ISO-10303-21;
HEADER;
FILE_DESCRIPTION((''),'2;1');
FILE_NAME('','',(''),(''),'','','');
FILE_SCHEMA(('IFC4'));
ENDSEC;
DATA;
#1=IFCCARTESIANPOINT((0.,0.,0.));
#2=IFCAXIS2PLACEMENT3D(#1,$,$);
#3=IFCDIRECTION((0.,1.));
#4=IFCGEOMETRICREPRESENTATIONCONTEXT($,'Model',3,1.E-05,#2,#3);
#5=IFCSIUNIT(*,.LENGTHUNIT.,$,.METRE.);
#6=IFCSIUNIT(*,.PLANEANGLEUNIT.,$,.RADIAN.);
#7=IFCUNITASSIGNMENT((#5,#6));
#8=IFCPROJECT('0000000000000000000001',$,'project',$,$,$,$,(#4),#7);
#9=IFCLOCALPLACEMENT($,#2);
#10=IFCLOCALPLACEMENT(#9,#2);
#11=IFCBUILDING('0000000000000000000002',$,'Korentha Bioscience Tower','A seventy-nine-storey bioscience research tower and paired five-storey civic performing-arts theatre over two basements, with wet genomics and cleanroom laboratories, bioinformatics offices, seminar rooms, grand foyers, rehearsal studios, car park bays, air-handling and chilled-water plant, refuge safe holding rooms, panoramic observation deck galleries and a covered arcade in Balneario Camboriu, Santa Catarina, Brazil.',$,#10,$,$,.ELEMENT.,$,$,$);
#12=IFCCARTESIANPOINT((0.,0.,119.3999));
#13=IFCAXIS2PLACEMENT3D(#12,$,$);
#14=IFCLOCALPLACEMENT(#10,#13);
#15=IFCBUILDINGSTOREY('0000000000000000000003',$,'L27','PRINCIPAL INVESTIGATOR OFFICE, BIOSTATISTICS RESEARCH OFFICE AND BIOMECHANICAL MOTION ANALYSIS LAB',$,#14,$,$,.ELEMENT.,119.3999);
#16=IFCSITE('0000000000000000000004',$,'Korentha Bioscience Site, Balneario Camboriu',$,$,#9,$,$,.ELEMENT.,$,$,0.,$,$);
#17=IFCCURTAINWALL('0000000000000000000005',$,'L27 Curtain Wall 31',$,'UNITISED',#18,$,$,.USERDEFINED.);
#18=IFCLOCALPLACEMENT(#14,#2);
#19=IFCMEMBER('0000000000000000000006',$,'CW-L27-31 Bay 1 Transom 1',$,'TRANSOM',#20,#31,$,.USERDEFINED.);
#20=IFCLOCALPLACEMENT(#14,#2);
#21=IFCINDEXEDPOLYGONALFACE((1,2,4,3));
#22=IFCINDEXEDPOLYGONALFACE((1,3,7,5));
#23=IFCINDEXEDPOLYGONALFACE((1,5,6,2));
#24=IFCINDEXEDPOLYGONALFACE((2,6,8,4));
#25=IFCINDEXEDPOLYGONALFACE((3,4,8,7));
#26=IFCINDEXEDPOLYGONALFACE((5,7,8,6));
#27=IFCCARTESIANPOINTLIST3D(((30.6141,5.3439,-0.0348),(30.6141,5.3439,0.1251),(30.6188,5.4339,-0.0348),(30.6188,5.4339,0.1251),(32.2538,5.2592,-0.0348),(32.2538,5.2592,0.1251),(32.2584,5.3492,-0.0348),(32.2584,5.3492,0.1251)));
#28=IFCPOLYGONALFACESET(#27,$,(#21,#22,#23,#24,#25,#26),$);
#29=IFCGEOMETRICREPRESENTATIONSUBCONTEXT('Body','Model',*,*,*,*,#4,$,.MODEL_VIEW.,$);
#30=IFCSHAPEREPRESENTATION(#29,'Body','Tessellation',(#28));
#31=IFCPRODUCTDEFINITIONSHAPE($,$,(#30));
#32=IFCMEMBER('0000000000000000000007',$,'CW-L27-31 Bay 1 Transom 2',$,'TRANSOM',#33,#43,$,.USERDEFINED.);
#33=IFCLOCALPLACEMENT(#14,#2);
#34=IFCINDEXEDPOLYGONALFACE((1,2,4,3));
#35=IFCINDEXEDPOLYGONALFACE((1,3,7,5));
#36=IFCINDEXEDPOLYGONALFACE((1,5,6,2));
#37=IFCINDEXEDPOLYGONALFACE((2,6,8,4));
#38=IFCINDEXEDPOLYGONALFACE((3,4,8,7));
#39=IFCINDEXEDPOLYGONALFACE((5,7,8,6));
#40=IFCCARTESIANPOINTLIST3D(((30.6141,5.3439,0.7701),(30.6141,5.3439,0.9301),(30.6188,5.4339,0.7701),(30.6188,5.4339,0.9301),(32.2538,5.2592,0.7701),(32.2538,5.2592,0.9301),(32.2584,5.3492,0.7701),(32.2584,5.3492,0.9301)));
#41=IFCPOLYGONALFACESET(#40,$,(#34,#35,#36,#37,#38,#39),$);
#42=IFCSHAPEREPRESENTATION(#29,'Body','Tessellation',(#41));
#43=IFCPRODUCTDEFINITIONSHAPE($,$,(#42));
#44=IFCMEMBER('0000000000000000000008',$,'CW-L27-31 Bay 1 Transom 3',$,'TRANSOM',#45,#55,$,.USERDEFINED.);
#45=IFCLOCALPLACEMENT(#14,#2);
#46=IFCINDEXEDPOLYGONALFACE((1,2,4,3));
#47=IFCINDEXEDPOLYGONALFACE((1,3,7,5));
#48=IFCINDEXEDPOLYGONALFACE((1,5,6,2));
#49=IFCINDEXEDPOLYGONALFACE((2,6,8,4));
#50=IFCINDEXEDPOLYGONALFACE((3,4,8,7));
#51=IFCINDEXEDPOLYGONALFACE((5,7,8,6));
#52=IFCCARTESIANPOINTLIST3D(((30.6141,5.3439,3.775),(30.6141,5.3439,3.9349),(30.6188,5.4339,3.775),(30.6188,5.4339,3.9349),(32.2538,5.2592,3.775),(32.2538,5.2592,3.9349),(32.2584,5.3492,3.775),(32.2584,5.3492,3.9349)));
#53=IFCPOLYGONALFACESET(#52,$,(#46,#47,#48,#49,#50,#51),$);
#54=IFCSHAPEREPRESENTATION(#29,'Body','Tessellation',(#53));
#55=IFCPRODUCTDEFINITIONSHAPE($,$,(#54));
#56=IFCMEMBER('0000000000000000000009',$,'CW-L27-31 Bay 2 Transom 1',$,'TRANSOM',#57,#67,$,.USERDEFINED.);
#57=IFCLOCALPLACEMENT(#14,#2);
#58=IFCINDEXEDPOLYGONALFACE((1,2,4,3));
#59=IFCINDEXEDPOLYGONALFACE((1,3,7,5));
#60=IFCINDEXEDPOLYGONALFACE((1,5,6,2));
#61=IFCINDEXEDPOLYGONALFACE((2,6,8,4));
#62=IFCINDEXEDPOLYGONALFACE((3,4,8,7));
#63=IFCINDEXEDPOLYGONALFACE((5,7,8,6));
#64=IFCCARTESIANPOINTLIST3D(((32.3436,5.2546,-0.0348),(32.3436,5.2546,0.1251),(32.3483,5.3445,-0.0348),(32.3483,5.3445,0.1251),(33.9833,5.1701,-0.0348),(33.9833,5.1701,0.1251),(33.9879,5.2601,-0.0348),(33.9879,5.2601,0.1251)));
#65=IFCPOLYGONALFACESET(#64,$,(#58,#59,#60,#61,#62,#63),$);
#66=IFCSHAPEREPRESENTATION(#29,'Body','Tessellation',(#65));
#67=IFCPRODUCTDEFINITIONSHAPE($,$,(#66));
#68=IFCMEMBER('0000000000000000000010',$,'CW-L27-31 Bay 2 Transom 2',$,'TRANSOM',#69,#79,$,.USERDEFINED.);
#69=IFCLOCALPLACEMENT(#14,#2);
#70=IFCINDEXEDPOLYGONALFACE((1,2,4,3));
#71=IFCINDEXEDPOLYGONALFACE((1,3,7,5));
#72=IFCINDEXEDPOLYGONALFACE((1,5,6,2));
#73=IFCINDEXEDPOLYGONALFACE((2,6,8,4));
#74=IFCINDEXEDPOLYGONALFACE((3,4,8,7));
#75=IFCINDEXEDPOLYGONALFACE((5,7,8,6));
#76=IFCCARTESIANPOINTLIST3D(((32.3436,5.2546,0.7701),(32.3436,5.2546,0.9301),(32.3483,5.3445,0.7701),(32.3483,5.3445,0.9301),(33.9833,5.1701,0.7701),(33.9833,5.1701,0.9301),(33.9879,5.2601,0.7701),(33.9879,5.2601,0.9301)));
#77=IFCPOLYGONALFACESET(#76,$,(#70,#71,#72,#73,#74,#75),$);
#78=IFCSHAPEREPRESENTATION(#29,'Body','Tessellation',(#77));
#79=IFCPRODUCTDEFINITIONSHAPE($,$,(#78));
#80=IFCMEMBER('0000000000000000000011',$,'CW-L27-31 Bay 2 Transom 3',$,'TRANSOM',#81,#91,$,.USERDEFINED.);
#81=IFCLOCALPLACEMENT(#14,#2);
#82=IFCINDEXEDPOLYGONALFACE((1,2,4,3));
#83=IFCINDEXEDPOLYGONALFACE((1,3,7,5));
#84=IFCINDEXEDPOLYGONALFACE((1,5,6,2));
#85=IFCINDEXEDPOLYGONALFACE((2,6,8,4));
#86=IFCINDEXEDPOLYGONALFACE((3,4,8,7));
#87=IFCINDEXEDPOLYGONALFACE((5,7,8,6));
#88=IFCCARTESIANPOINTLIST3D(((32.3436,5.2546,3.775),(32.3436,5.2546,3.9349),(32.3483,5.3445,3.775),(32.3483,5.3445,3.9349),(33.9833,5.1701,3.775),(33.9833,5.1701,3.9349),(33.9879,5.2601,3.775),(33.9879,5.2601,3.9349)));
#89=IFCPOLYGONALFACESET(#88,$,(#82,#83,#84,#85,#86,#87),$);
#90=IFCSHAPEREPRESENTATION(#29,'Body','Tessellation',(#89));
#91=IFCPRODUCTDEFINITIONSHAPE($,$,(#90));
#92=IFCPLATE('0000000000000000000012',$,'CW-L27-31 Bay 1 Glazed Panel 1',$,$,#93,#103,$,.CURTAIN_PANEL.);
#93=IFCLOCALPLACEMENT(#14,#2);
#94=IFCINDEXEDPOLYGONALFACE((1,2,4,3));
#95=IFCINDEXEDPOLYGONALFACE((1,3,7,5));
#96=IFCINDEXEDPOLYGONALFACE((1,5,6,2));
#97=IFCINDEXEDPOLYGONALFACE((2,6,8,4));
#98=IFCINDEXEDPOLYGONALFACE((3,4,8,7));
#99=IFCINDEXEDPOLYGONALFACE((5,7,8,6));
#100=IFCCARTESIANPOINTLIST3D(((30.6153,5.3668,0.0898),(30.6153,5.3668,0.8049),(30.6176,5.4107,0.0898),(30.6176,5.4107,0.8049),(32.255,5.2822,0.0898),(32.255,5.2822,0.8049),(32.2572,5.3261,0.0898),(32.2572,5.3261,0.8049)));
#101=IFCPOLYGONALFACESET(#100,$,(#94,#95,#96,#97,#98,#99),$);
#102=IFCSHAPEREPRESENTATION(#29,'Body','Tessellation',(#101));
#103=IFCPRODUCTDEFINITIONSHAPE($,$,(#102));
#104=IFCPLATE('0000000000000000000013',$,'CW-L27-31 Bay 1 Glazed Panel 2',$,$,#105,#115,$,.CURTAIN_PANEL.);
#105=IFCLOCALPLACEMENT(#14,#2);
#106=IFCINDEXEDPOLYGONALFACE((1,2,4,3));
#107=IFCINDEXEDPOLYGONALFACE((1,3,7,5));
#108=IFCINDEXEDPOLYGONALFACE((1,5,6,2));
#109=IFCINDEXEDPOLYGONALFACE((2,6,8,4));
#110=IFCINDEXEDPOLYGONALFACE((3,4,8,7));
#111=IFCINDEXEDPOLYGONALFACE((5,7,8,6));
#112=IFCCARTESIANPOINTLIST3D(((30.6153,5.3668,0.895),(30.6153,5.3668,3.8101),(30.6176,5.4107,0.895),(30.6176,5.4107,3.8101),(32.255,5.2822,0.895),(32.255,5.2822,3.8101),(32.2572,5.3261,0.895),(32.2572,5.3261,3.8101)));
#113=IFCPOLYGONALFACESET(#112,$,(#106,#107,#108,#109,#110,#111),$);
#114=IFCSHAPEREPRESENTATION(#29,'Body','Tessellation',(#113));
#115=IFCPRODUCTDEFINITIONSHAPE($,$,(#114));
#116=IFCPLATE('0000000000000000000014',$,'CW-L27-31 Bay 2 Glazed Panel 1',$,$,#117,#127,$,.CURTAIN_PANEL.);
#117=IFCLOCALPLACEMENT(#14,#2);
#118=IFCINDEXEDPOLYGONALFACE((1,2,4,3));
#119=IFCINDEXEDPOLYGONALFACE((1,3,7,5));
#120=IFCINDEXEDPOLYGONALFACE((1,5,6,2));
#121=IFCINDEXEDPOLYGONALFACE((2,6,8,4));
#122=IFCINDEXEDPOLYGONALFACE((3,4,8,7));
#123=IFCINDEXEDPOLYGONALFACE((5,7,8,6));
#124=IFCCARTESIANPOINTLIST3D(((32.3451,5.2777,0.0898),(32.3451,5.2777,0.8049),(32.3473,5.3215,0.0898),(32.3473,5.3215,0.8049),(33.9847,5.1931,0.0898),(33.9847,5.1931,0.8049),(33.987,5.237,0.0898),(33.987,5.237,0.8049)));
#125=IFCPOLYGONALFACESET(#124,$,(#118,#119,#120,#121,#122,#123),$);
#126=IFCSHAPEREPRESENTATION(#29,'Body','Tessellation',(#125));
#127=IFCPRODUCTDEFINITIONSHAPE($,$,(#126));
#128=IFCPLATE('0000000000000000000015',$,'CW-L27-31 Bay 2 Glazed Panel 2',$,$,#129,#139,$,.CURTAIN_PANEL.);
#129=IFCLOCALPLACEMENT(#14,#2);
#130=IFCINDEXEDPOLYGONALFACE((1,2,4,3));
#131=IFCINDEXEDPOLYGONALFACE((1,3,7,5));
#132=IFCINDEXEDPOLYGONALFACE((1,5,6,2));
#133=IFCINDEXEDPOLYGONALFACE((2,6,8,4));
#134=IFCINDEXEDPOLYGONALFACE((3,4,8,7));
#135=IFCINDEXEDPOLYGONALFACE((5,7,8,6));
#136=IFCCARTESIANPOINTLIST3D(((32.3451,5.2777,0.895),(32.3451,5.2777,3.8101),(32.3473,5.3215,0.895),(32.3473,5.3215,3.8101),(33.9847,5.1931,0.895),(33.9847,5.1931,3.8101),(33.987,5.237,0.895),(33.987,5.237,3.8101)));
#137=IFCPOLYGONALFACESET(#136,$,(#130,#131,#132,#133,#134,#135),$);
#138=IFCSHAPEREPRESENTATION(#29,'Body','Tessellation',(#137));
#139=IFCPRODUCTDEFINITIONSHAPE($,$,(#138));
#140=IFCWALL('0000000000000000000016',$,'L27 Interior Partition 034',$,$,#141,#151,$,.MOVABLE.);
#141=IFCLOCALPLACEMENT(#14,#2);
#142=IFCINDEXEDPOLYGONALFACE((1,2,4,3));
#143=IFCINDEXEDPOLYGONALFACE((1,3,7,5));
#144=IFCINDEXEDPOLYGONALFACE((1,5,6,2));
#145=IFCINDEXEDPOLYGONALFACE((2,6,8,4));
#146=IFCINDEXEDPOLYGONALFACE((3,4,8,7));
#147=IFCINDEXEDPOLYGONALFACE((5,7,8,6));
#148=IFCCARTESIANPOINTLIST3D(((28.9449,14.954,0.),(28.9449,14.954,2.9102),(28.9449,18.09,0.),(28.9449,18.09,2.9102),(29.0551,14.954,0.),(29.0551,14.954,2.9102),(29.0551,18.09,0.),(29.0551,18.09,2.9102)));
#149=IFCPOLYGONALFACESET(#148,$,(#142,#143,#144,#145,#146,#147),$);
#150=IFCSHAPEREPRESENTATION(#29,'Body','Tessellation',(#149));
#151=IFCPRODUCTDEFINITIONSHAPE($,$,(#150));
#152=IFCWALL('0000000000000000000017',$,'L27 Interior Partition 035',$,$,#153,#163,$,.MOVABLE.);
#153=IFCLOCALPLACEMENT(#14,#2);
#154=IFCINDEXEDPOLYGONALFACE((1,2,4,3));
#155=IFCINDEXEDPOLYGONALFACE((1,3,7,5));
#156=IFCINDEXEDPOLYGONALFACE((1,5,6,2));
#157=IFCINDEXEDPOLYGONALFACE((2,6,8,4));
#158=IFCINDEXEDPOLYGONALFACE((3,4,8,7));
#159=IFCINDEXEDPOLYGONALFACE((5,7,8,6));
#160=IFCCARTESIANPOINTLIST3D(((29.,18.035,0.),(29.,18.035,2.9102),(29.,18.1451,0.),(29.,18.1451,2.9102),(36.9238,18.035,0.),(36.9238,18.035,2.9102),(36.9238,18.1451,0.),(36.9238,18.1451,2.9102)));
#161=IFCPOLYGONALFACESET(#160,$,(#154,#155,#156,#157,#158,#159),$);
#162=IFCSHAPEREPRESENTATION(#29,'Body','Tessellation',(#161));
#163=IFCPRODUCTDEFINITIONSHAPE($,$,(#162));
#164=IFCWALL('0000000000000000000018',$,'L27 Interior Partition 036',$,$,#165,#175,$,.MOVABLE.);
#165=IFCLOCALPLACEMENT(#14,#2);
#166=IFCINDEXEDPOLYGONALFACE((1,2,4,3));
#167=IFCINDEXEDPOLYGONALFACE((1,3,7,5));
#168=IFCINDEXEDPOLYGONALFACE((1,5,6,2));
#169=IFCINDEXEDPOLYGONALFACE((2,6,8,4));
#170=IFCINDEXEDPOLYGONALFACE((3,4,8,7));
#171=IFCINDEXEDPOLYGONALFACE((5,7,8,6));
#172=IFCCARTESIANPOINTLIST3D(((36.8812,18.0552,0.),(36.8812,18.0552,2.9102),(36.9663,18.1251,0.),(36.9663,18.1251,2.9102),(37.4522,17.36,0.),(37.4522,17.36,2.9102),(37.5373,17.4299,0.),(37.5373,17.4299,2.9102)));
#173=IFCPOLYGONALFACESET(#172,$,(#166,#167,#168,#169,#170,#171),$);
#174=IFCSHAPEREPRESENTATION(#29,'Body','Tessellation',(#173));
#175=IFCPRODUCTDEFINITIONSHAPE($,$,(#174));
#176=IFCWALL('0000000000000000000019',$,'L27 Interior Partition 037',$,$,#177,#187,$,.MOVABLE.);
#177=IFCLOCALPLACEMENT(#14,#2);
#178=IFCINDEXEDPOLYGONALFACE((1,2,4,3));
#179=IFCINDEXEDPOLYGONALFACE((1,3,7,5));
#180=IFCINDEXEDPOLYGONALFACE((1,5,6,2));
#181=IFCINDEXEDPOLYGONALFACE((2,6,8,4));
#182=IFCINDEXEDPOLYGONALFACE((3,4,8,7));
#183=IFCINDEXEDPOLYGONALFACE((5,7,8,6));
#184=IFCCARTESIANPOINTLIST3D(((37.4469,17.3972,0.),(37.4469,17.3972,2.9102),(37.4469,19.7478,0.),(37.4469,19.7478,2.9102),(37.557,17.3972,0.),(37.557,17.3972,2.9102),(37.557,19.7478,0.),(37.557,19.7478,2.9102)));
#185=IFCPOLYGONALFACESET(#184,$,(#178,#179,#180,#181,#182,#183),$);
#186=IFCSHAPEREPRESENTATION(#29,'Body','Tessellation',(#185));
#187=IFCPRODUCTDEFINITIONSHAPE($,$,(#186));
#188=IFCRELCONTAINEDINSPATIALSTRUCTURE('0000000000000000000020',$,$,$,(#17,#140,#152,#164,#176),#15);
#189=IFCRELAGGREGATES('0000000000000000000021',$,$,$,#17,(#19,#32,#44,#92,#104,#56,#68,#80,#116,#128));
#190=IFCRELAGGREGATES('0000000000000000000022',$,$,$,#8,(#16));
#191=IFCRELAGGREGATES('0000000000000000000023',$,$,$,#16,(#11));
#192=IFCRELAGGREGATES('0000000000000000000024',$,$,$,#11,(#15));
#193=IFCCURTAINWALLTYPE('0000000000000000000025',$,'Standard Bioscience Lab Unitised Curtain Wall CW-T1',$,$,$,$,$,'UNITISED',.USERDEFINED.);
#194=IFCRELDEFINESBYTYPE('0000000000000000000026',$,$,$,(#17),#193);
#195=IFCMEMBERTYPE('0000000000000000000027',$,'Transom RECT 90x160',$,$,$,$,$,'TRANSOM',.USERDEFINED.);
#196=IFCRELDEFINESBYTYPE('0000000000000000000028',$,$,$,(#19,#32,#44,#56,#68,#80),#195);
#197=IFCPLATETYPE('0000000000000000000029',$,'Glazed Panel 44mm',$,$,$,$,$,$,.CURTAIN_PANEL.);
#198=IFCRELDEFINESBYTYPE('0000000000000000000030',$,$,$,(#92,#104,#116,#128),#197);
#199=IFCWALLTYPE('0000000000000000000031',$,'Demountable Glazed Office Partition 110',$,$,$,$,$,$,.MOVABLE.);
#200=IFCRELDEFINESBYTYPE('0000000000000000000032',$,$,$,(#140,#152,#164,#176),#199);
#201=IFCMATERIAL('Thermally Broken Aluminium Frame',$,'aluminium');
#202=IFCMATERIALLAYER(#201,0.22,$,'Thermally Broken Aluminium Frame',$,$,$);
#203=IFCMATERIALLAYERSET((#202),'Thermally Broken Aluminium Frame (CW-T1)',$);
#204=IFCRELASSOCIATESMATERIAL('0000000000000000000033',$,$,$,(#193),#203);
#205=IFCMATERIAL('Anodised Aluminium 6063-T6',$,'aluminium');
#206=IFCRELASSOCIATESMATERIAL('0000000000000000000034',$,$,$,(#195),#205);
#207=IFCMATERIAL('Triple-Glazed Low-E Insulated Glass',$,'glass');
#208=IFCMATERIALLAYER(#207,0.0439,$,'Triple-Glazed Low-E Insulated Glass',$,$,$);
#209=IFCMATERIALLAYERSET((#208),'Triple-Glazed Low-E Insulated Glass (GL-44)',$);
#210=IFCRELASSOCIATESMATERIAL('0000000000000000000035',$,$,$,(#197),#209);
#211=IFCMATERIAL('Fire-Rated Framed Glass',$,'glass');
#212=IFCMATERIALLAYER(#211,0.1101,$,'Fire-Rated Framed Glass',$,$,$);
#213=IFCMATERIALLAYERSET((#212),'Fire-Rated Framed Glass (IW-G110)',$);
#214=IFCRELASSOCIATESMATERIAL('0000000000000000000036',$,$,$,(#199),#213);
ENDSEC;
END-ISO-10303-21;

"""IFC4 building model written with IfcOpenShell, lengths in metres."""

from ifc_helpers import new_model, si_unit, direction, frame, frame_2d, origin, origin_2d, place, context, subcontext, project, spatial, rectangle, extrude, material, layer, layer_set, material_profile, profile_set, type_object, element, aggregate, save


model = new_model("IFC4")

# Units and contexts
model_context = context("Model", 3, precision=1e-05, world=origin(), true_north=direction((0.0, 1.0)))
body_context = subcontext(model_context, "Body", "Model", "MODEL_VIEW")
ifc_project = project(units=[si_unit("LENGTHUNIT", "METRE"), si_unit("PLANEANGLEUNIT", "RADIAN")], contexts=[model_context])

# Site, building, storey
site_placement = place(None, origin())
site = spatial("IfcSite", under=ifc_project, at=site_placement, Name="Korentha Bioscience Site, Balneario Camboriu", CompositionType="ELEMENT", RefElevation=0.0)
building_placement = place(site_placement, origin())
building = spatial("IfcBuilding", under=site, at=building_placement, Name="Korentha Bioscience Tower", Description="A seventy-nine-storey bioscience research tower and paired five-storey civic performing-arts theatre over two basements, with wet genomics and cleanroom laboratories, bioinformatics offices, seminar rooms, grand foyers, rehearsal studios, car park bays, air-handling and chilled-water plant, refuge safe holding rooms, panoramic observation deck galleries and a covered arcade in Balneario Camboriu, Santa Catarina, Brazil.", CompositionType="ELEMENT")
storey_placement = place(building_placement, frame((0.0, 0.0, 119.3999)))
storey = spatial("IfcBuildingStorey", under=building, at=storey_placement, Name="L27", Description="PRINCIPAL INVESTIGATOR OFFICE, BIOSTATISTICS RESEARCH OFFICE AND BIOMECHANICAL MOTION ANALYSIS LAB", CompositionType="ELEMENT", Elevation=119.3999)

# Curtain wall
ifc_material_1 = material(Name="Thermally Broken Aluminium Frame", Category="aluminium")
ifc_layer_1 = layer(ifc_material_1, 0.22, Name="Thermally Broken Aluminium Frame")
ifc_layer_set_1 = layer_set([ifc_layer_1], Name="Thermally Broken Aluminium Frame (CW-T1)")
curtain_wall_type = type_object("IfcCurtainWallType", Name="Standard Bioscience Lab Unitised Curtain Wall CW-T1", ElementType="UNITISED", PredefinedType="USERDEFINED", material=ifc_layer_set_1)
curtain_wall_placement = place(storey_placement, origin())
curtain_wall = element("IfcCurtainWall", 1, at=curtain_wall_placement, inside=storey, type_object=curtain_wall_type, Name="L27 Curtain Wall 31", ObjectType="UNITISED", PredefinedType="USERDEFINED")
ifc_material_2 = material(Name="Anodised Aluminium 6063-T6", Category="aluminium")

# Members
ifc_material_profile_1 = material_profile(ifc_material_2, rectangle(XDim=0.0901, YDim=0.1599, at=origin_2d()), Name="Anodised Aluminium 6063-T6")
ifc_profile_set_1 = profile_set([ifc_material_profile_1], Name="Anodised Aluminium 6063-T6 (CW-TRN)")
member_type_1 = type_object("IfcMemberType", Name="Transom RECT 90x160", ElementType="TRANSOM", PredefinedType="USERDEFINED", material=ifc_profile_set_1)
member_1_placement = place(storey_placement, frame((30.6165, 5.3889, 0.0452), z_axis=(0.998668, -0.051599, 0.0), x_axis=(0.051599, 0.998668, 0.0)))
member_1 = element("IfcMember", 2, at=member_1_placement, type_object=member_type_1, Name="CW-L27-31 Bay 1 Transom 1", ObjectType="TRANSOM", PredefinedType="USERDEFINED", context=body_context, shape_type="SweptSolid", body=[
    extrude(rectangle(XDim=0.0901, YDim=0.1599, at=origin_2d()), origin(), (0.0, 0.0, 1.0), 1.6418),
])
member_2_placement = place(storey_placement, frame((30.6165, 5.3889, 0.8501), z_axis=(0.998668, -0.051599, 0.0), x_axis=(0.051599, 0.998668, 0.0)))
member_2 = element("IfcMember", 3, at=member_2_placement, type_object=member_type_1, Name="CW-L27-31 Bay 1 Transom 2", ObjectType="TRANSOM", PredefinedType="USERDEFINED", context=body_context, shape_type="SweptSolid", body=[
    extrude(rectangle(XDim=0.0901, YDim=0.1599, at=origin_2d()), origin(), (0.0, 0.0, 1.0), 1.6418),
])
member_3_placement = place(storey_placement, frame((30.6165, 5.3889, 3.855), z_axis=(0.998668, -0.051599, 0.0), x_axis=(0.051599, 0.998668, 0.0)))
member_3 = element("IfcMember", 4, at=member_3_placement, type_object=member_type_1, Name="CW-L27-31 Bay 1 Transom 3", ObjectType="TRANSOM", PredefinedType="USERDEFINED", context=body_context, shape_type="SweptSolid", body=[
    extrude(rectangle(XDim=0.0901, YDim=0.1599, at=origin_2d()), origin(), (0.0, 0.0, 1.0), 1.6418),
])
member_4_placement = place(storey_placement, frame((32.3459, 5.2996, 0.0452), z_axis=(0.998676, -0.051451, 0.0), x_axis=(0.051451, 0.998676, 0.0)))
member_4 = element("IfcMember", 5, at=member_4_placement, type_object=member_type_1, Name="CW-L27-31 Bay 2 Transom 1", ObjectType="TRANSOM", PredefinedType="USERDEFINED", context=body_context, shape_type="SweptSolid", body=[
    extrude(rectangle(XDim=0.0901, YDim=0.1599, at=origin_2d()), origin(), (0.0, 0.0, 1.0), 1.6418),
])
member_5_placement = place(storey_placement, frame((32.3459, 5.2996, 0.8501), z_axis=(0.998676, -0.051451, 0.0), x_axis=(0.051451, 0.998676, 0.0)))
member_5 = element("IfcMember", 6, at=member_5_placement, type_object=member_type_1, Name="CW-L27-31 Bay 2 Transom 2", ObjectType="TRANSOM", PredefinedType="USERDEFINED", context=body_context, shape_type="SweptSolid", body=[
    extrude(rectangle(XDim=0.0901, YDim=0.1599, at=origin_2d()), origin(), (0.0, 0.0, 1.0), 1.6418),
])
member_6_placement = place(storey_placement, frame((32.3459, 5.2996, 3.855), z_axis=(0.998676, -0.051451, 0.0), x_axis=(0.051451, 0.998676, 0.0)))
member_6 = element("IfcMember", 7, at=member_6_placement, type_object=member_type_1, Name="CW-L27-31 Bay 2 Transom 3", ObjectType="TRANSOM", PredefinedType="USERDEFINED", context=body_context, shape_type="SweptSolid", body=[
    extrude(rectangle(XDim=0.0901, YDim=0.1599, at=origin_2d()), origin(), (0.0, 0.0, 1.0), 1.6418),
])

# Plates
ifc_material_3 = material(Name="Triple-Glazed Low-E Insulated Glass", Category="glass")
ifc_layer_2 = layer(ifc_material_3, 0.0439, Name="Triple-Glazed Low-E Insulated Glass")
ifc_layer_set_2 = layer_set([ifc_layer_2], Name="Triple-Glazed Low-E Insulated Glass (GL-44)")
plate_type = type_object("IfcPlateType", Name="Glazed Panel 44mm", PredefinedType="CURTAIN_PANEL", material=ifc_layer_set_2)
plate_1_placement = place(storey_placement, frame((31.4363, 5.3464, 0.0898), z_axis=(0.0, 0.0, 1.0), x_axis=(0.998673, -0.051495, 0.0)))
plate_1 = element("IfcPlate", 8, at=plate_1_placement, type_object=plate_type, Name="CW-L27-31 Bay 1 Glazed Panel 1", PredefinedType="CURTAIN_PANEL", context=body_context, shape_type="SweptSolid", body=[
    extrude(rectangle(XDim=1.6418, YDim=0.0439, at=origin_2d()), origin(), (0.0, 0.0, 1.0), 0.7151),
])
plate_2_placement = place(storey_placement, frame((31.4363, 5.3464, 0.895), z_axis=(0.0, 0.0, 1.0), x_axis=(0.998673, -0.051495, 0.0)))
plate_2 = element("IfcPlate", 9, at=plate_2_placement, type_object=plate_type, Name="CW-L27-31 Bay 1 Glazed Panel 2", PredefinedType="CURTAIN_PANEL", context=body_context, shape_type="SweptSolid", body=[
    extrude(rectangle(XDim=1.6418, YDim=0.0439, at=origin_2d()), origin(), (0.0, 0.0, 1.0), 2.915),
])
plate_3_placement = place(storey_placement, frame((33.166, 5.2573, 0.0898), z_axis=(0.0, 0.0, 1.0), x_axis=(0.998673, -0.051495, 0.0)))
plate_3 = element("IfcPlate", 10, at=plate_3_placement, type_object=plate_type, Name="CW-L27-31 Bay 2 Glazed Panel 1", PredefinedType="CURTAIN_PANEL", context=body_context, shape_type="SweptSolid", body=[
    extrude(rectangle(XDim=1.6418, YDim=0.0439, at=origin_2d()), origin(), (0.0, 0.0, 1.0), 0.7151),
])
plate_4_placement = place(storey_placement, frame((33.166, 5.2573, 0.895), z_axis=(0.0, 0.0, 1.0), x_axis=(0.998673, -0.051495, 0.0)))
plate_4 = element("IfcPlate", 11, at=plate_4_placement, type_object=plate_type, Name="CW-L27-31 Bay 2 Glazed Panel 2", PredefinedType="CURTAIN_PANEL", context=body_context, shape_type="SweptSolid", body=[
    extrude(rectangle(XDim=1.6418, YDim=0.0439, at=origin_2d()), origin(), (0.0, 0.0, 1.0), 2.915),
])
aggregate(curtain_wall, [member_1, member_2, member_3, plate_1, plate_2, member_4, member_5, member_6, plate_3, plate_4])

# Walls
ifc_material_4 = material(Name="Fire-Rated Framed Glass", Category="glass")
ifc_layer_3 = layer(ifc_material_4, 0.1101, Name="Fire-Rated Framed Glass")
ifc_layer_set_3 = layer_set([ifc_layer_3], Name="Fire-Rated Framed Glass (IW-G110)")
wall_type_1 = type_object("IfcWallType", Name="Demountable Glazed Office Partition 110", PredefinedType="MOVABLE", material=ifc_layer_set_3)
wall_1_placement = place(storey_placement, frame((29.0, 14.9541, 0.0), z_axis=(0.0, 0.0, 1.0), x_axis=(0.0, 1.0, 0.0)))
element("IfcWall", 12, at=wall_1_placement, inside=storey, type_object=wall_type_1, Name="L27 Interior Partition 034", PredefinedType="MOVABLE", context=body_context, shape_type="SweptSolid", body=[
    extrude(rectangle(XDim=3.136, YDim=0.1101, at=frame_2d((1.5679, 0.0))), origin(), (0.0, 0.0, 1.0), 2.9102),
])
wall_2_placement = place(storey_placement, frame((29.0, 18.0901, 0.0), z_axis=(0.0, 0.0, 1.0), x_axis=(1.0, 0.0, 0.0)))
element("IfcWall", 13, at=wall_2_placement, inside=storey, type_object=wall_type_1, Name="L27 Interior Partition 035", PredefinedType="MOVABLE", context=body_context, shape_type="SweptSolid", body=[
    extrude(rectangle(XDim=7.9238, YDim=0.1101, at=frame_2d((3.9619, 0.0))), origin(), (0.0, 0.0, 1.0), 2.9102),
])
wall_3_placement = place(storey_placement, frame((36.9238, 18.0901, 0.0), z_axis=(0.0, 0.0, 1.0), x_axis=(0.63467, -0.772783, 0.0)))
element("IfcWall", 14, at=wall_3_placement, inside=storey, type_object=wall_type_1, Name="L27 Interior Partition 036", PredefinedType="MOVABLE", context=body_context, shape_type="SweptSolid", body=[
    extrude(rectangle(XDim=0.8997, YDim=0.1101, at=frame_2d((0.4497, 0.0))), origin(), (0.0, 0.0, 1.0), 2.9102),
])
wall_4_placement = place(storey_placement, frame((37.502, 17.3972, 0.0), z_axis=(0.0, 0.0, 1.0), x_axis=(0.0, 1.0, 0.0)))
element("IfcWall", 15, at=wall_4_placement, inside=storey, type_object=wall_type_1, Name="L27 Interior Partition 037", PredefinedType="MOVABLE", context=body_context, shape_type="SweptSolid", body=[
    extrude(rectangle(XDim=2.3506, YDim=0.1101, at=frame_2d((1.1753, 0.0))), origin(), (0.0, 0.0, 1.0), 2.9102),
])

save(model, "model.ifc")
